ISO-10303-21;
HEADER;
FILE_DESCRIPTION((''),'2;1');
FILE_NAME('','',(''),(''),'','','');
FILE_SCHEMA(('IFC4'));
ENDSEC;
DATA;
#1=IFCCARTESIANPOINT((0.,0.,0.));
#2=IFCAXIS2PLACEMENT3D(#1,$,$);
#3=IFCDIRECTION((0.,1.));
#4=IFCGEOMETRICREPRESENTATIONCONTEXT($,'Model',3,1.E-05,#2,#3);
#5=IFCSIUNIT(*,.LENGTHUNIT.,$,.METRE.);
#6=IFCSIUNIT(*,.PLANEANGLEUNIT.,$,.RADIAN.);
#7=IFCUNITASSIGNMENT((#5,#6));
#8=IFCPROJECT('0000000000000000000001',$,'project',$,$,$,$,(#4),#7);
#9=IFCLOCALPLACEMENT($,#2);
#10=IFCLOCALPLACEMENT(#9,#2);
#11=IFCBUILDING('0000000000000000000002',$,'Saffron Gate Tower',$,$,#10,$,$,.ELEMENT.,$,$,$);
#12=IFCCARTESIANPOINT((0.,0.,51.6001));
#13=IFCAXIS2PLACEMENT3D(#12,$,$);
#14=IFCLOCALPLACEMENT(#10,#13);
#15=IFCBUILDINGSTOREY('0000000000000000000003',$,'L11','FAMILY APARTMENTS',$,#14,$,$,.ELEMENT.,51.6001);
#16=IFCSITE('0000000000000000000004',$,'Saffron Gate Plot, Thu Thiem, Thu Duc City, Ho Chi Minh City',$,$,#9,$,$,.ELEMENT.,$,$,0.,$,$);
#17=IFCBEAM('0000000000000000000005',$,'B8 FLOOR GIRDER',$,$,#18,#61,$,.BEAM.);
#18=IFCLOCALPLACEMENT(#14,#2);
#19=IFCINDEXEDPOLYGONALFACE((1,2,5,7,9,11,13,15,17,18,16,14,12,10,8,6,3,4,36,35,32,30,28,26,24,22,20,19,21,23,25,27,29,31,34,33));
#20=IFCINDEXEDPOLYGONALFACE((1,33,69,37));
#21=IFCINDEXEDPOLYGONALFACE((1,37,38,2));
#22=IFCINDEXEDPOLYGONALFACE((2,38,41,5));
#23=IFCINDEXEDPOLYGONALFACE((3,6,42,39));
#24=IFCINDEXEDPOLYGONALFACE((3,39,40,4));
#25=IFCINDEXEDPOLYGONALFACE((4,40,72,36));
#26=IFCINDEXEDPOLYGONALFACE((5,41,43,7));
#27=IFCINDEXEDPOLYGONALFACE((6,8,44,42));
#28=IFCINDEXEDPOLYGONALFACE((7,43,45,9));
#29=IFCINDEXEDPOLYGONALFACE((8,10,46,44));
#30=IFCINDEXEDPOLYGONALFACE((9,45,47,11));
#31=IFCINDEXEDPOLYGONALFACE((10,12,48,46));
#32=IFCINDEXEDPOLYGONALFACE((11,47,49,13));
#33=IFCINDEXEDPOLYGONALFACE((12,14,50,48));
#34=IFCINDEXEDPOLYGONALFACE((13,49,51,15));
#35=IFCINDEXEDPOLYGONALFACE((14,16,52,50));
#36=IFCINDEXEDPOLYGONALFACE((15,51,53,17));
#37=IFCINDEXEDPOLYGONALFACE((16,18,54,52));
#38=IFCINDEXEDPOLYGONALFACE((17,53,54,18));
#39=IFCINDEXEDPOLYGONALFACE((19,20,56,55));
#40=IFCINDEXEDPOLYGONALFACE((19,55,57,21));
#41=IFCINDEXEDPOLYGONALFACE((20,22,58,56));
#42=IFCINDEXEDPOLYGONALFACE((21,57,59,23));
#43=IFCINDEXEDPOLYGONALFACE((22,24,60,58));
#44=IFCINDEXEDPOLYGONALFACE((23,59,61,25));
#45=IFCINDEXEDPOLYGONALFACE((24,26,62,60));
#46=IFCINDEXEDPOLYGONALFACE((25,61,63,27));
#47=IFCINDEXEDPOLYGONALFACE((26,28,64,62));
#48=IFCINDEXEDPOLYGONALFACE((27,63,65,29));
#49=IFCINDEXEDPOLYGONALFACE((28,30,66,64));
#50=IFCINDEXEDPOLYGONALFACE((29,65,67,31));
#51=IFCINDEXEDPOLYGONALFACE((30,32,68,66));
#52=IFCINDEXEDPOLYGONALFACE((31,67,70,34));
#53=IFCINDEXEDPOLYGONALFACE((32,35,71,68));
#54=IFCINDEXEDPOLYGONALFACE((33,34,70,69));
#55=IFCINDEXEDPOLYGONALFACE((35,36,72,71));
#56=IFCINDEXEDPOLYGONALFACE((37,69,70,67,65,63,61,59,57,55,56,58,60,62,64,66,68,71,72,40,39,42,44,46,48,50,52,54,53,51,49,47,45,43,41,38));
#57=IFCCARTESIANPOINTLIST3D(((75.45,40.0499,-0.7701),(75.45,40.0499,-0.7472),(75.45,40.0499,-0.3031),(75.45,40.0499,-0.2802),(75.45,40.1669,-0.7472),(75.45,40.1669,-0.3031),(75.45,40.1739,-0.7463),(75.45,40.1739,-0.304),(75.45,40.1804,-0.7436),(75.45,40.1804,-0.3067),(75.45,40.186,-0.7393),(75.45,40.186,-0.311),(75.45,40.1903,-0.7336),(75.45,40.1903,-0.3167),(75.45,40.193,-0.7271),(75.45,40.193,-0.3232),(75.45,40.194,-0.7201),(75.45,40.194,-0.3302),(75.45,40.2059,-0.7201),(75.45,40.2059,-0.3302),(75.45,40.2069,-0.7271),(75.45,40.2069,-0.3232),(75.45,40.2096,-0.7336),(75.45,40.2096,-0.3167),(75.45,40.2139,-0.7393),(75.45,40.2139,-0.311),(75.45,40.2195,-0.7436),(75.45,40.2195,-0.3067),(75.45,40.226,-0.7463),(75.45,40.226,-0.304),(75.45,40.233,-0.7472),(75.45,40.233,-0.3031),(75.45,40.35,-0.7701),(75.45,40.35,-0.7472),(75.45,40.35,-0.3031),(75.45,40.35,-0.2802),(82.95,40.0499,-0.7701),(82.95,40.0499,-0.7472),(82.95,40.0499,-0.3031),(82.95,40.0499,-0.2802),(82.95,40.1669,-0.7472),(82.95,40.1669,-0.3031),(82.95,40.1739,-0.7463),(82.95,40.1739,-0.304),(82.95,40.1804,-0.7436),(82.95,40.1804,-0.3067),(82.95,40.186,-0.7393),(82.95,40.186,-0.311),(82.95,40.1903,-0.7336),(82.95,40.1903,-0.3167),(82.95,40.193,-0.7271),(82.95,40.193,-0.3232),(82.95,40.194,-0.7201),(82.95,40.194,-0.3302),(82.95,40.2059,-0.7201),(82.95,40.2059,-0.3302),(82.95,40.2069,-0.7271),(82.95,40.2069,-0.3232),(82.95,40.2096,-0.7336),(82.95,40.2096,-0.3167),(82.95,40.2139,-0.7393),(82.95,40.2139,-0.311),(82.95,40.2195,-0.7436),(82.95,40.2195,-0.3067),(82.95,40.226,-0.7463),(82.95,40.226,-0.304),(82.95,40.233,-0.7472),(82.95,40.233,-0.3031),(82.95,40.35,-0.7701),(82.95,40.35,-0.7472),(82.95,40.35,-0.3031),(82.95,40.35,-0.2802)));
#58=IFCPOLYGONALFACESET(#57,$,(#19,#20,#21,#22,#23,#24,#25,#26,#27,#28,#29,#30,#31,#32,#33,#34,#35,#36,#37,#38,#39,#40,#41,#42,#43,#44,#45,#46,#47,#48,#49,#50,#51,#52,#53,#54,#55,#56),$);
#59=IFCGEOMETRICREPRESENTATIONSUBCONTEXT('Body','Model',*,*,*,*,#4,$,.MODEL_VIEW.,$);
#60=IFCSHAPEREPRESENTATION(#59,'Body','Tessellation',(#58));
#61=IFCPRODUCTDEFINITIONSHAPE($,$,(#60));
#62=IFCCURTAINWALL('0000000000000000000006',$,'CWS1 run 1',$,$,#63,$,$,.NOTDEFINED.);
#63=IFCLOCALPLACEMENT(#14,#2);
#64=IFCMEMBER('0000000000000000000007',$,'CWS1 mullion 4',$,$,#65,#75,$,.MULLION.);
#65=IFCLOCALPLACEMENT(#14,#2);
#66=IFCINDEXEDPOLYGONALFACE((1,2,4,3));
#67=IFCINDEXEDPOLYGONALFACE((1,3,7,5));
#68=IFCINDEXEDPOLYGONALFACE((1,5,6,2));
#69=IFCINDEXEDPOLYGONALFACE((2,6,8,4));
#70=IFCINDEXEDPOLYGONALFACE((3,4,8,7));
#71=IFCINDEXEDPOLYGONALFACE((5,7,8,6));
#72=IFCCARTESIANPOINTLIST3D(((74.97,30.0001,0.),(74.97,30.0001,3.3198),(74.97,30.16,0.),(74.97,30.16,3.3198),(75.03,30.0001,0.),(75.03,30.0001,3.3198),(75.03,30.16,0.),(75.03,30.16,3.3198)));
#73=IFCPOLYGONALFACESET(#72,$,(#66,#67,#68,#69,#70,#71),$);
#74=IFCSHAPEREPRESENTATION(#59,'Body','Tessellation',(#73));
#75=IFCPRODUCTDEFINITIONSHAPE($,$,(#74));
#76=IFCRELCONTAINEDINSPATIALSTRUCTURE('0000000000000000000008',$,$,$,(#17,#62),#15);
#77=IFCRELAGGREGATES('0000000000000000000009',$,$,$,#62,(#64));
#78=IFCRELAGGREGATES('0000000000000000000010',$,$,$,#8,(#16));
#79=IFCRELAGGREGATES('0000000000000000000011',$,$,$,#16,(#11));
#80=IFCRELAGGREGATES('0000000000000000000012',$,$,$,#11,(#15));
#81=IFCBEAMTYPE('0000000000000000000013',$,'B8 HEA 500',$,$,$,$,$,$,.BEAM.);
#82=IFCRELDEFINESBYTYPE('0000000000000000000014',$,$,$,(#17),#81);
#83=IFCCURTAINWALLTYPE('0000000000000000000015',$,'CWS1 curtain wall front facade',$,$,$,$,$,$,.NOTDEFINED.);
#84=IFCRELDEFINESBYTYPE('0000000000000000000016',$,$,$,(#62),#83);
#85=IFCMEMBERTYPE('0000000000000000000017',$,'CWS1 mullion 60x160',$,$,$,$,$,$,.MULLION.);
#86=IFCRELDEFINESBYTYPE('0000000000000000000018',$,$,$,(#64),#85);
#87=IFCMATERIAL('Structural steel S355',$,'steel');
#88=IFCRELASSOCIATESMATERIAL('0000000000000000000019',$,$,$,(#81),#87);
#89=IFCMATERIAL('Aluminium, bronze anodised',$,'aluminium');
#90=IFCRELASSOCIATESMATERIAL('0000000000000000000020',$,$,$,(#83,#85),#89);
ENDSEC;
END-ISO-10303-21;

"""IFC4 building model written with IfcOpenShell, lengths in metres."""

from ifc_helpers import new_model, si_unit, direction, frame, origin, origin_2d, place, context, subcontext, project, spatial, rectangle, i_section, extrude, material, material_profile, profile_set, type_object, element, aggregate, save


model = new_model("IFC4")

# Units and contexts
model_context = context("Model", 3, precision=1e-05, world=origin(), true_north=direction((0.0, 1.0)))
body_context = subcontext(model_context, "Body", "Model", "MODEL_VIEW")
ifc_project = project(units=[si_unit("LENGTHUNIT", "METRE"), si_unit("PLANEANGLEUNIT", "RADIAN")], contexts=[model_context])

# Site, building, storey
site_placement = place(None, origin())
site = spatial("IfcSite", under=ifc_project, at=site_placement, Name="Saffron Gate Plot, Thu Thiem, Thu Duc City, Ho Chi Minh City", CompositionType="ELEMENT", RefElevation=0.0)
building_placement = place(site_placement, origin())
building = spatial("IfcBuilding", under=site, at=building_placement, Name="Saffron Gate Tower", CompositionType="ELEMENT")
storey_placement = place(building_placement, frame((0.0, 0.0, 51.6001)))
storey = spatial("IfcBuildingStorey", under=building, at=storey_placement, Name="L11", Description="FAMILY APARTMENTS", CompositionType="ELEMENT", Elevation=51.6001)

# Beam
ifc_material_1 = material(Name="Structural steel S355", Category="steel")
ifc_material_profile_1 = material_profile(ifc_material_1, i_section(OverallWidth=0.3, OverallDepth=0.49, WebThickness=0.012, FlangeThickness=0.0229, FilletRadius=0.0271, at=origin_2d()))
ifc_profile_set_1 = profile_set([ifc_material_profile_1], Name="Structural steel S355")
beam_type_1 = type_object("IfcBeamType", Name="B8 HEA 500", PredefinedType="BEAM", material=ifc_profile_set_1)
for number, where, z_axis, x_axis, name in (
    (1, (75.45, 40.2, -0.5251), (1.0, 0.0, 0.0), (0.0, 1.0, 0.0), "B8 FLOOR GIRDER"),
):
    element("IfcBeam", number, at=place(storey_placement, frame(where, z_axis=z_axis, x_axis=x_axis)), inside=storey, type_object=beam_type_1, Name=name, PredefinedType="BEAM", context=body_context, shape_type="SweptSolid", body=[
        extrude(i_section(OverallWidth=0.3, OverallDepth=0.49, WebThickness=0.012, FlangeThickness=0.0229, FilletRadius=0.0271, at=origin_2d()), origin(), (0.0, 0.0, 1.0), 7.5),
    ])

# Curtain wall, member
ifc_material_2 = material(Name="Aluminium, bronze anodised", Category="aluminium")
curtain_wall_type = type_object("IfcCurtainWallType", Name="CWS1 curtain wall front facade", PredefinedType="NOTDEFINED", material=ifc_material_2)
curtain_wall_placement = place(storey_placement, origin())
curtain_wall = element("IfcCurtainWall", 2, at=curtain_wall_placement, inside=storey, type_object=curtain_wall_type, Name="CWS1 run 1", PredefinedType="NOTDEFINED")
ifc_material_profile_2 = material_profile(ifc_material_2, rectangle(XDim=0.1599, YDim=0.0601, at=origin_2d()))
ifc_profile_set_2 = profile_set([ifc_material_profile_2], Name="Aluminium, bronze anodised")
member_type = type_object("IfcMemberType", Name="CWS1 mullion 60x160", PredefinedType="MULLION", material=ifc_profile_set_2)
member_placement = place(storey_placement, frame((75.0, 30.0801, 0.0), z_axis=(0.0, 0.0, 1.0), x_axis=(0.0, 1.0, 0.0)))
member = element("IfcMember", 3, at=member_placement, type_object=member_type, Name="CWS1 mullion 4", PredefinedType="MULLION", context=body_context, shape_type="SweptSolid", body=[
    extrude(rectangle(XDim=0.1599, YDim=0.0601, at=origin_2d()), origin(), (0.0, 0.0, 1.0), 3.3198),
])
aggregate(curtain_wall, [member])

save(model, "model.ifc")
